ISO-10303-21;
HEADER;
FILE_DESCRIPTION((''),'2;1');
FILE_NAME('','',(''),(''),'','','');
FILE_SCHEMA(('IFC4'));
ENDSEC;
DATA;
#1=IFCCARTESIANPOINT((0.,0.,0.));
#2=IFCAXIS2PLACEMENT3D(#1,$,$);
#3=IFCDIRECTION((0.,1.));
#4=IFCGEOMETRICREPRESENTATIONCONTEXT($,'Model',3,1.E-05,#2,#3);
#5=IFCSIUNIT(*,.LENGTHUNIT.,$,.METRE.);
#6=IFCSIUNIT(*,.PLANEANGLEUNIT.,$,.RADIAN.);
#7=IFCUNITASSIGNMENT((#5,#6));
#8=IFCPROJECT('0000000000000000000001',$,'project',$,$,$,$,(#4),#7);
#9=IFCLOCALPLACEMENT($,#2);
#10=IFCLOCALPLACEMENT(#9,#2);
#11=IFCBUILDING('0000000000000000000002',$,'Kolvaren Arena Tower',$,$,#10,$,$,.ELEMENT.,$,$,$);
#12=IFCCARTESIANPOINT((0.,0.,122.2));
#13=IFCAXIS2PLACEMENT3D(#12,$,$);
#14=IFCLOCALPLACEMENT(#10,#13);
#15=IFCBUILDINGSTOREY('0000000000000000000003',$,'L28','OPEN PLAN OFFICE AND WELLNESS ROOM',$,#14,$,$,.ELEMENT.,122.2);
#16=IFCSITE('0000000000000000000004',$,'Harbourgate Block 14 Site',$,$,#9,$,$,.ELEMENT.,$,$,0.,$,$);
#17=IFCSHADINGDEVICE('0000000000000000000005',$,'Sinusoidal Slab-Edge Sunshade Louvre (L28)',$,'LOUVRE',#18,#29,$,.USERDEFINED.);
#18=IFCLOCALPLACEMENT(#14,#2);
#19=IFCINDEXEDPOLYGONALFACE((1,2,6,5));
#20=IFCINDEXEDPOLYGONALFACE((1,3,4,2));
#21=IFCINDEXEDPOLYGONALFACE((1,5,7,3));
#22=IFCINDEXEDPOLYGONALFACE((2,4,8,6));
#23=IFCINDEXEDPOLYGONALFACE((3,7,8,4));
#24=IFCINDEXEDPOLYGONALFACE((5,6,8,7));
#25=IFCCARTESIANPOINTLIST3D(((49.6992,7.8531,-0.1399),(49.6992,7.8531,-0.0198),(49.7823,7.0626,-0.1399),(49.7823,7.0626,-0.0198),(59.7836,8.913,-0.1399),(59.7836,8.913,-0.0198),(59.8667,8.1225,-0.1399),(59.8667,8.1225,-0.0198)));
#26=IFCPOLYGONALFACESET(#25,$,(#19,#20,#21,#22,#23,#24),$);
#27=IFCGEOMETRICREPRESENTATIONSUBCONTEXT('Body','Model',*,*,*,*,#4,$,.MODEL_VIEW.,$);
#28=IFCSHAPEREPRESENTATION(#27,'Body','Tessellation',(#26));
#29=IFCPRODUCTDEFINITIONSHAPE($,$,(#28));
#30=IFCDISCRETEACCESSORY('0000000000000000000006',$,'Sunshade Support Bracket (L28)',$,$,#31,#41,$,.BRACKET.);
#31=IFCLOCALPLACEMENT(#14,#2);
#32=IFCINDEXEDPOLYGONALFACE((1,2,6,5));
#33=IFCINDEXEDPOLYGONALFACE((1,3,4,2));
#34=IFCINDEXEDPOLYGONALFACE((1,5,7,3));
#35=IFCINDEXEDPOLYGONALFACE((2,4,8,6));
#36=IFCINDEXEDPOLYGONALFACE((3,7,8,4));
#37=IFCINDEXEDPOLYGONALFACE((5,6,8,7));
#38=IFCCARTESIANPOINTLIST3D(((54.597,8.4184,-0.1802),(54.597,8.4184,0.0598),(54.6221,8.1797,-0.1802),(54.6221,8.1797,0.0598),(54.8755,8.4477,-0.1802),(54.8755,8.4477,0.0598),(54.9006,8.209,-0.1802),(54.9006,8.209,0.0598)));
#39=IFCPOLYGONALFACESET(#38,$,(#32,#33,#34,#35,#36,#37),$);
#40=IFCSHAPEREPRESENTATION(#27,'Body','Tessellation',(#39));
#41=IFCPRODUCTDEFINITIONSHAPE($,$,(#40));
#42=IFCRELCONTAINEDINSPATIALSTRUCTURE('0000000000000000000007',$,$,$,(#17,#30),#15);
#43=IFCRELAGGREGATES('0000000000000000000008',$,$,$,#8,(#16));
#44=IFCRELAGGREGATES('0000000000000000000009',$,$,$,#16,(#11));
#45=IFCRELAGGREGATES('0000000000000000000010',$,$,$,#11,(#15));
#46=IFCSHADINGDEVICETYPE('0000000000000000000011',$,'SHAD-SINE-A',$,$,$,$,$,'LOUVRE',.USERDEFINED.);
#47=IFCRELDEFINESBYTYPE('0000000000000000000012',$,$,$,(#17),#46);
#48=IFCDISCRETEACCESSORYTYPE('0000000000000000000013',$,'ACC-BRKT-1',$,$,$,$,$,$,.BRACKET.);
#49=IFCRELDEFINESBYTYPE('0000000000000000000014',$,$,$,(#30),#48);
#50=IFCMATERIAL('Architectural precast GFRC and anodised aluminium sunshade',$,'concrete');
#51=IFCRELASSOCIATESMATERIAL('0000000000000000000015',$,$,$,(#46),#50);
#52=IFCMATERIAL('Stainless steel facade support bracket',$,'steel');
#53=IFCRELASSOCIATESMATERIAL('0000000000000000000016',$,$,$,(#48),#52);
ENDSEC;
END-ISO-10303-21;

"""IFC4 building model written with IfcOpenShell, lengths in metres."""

from ifc_helpers import new_model, si_unit, direction, frame, origin, origin_2d, place, context, subcontext, project, spatial, rectangle, extrude, material, type_object, element, save


model = new_model("IFC4")

# Units and contexts
model_context = context("Model", 3, precision=1e-05, world=origin(), true_north=direction((0.0, 1.0)))
body_context = subcontext(model_context, "Body", "Model", "MODEL_VIEW")
ifc_project = project(units=[si_unit("LENGTHUNIT", "METRE"), si_unit("PLANEANGLEUNIT", "RADIAN")], contexts=[model_context])

# Site, building, storey
site_placement = place(None, origin())
site = spatial("IfcSite", under=ifc_project, at=site_placement, Name="Harbourgate Block 14 Site", CompositionType="ELEMENT", RefElevation=0.0)
building_placement = place(site_placement, origin())
building = spatial("IfcBuilding", under=site, at=building_placement, Name="Kolvaren Arena Tower", CompositionType="ELEMENT")
storey_placement = place(building_placement, frame((0.0, 0.0, 122.2)))
storey = spatial("IfcBuildingStorey", under=building, at=storey_placement, Name="L28", Description="OPEN PLAN OFFICE AND WELLNESS ROOM", CompositionType="ELEMENT", Elevation=122.2)

# Shading device
ifc_material_1 = material(Name="Architectural precast GFRC and anodised aluminium sunshade", Category="concrete")
shading_device_type = type_object("IfcShadingDeviceType", Name="SHAD-SINE-A", ElementType="LOUVRE", PredefinedType="USERDEFINED", material=ifc_material_1)
shading_device_placement = place(storey_placement, frame((54.783, 7.9878, -0.1399), z_axis=(0.0, 0.0, 1.0), x_axis=(-0.994522, -0.104527, 0.0)))
element("IfcShadingDevice", 1, at=shading_device_placement, inside=storey, type_object=shading_device_type, Name="Sinusoidal Slab-Edge Sunshade Louvre (L28)", ObjectType="LOUVRE", PredefinedType="USERDEFINED", context=body_context, shape_type="SweptSolid", body=[
    extrude(rectangle(XDim=10.1399, YDim=0.7949, at=origin_2d()), origin(), (0.0, 0.0, 1.0), 0.1201),
])

# Discrete accessory
ifc_material_2 = material(Name="Stainless steel facade support bracket", Category="steel")
discrete_accessory_type = type_object("IfcDiscreteAccessoryType", Name="ACC-BRKT-1", PredefinedType="BRACKET", material=ifc_material_2)
discrete_accessory_placement = place(storey_placement, frame((54.7488, 8.3137, -0.1802), z_axis=(0.0, 0.0, 1.0), x_axis=(-0.994522, -0.104527, 0.0)))
element("IfcDiscreteAccessory", 2, at=discrete_accessory_placement, inside=storey, type_object=discrete_accessory_type, Name="Sunshade Support Bracket (L28)", PredefinedType="BRACKET", context=body_context, shape_type="SweptSolid", body=[
    extrude(rectangle(XDim=0.28, YDim=0.24, at=origin_2d()), origin(), (0.0, 0.0, 1.0), 0.24),
])

save(model, "model.ifc")
